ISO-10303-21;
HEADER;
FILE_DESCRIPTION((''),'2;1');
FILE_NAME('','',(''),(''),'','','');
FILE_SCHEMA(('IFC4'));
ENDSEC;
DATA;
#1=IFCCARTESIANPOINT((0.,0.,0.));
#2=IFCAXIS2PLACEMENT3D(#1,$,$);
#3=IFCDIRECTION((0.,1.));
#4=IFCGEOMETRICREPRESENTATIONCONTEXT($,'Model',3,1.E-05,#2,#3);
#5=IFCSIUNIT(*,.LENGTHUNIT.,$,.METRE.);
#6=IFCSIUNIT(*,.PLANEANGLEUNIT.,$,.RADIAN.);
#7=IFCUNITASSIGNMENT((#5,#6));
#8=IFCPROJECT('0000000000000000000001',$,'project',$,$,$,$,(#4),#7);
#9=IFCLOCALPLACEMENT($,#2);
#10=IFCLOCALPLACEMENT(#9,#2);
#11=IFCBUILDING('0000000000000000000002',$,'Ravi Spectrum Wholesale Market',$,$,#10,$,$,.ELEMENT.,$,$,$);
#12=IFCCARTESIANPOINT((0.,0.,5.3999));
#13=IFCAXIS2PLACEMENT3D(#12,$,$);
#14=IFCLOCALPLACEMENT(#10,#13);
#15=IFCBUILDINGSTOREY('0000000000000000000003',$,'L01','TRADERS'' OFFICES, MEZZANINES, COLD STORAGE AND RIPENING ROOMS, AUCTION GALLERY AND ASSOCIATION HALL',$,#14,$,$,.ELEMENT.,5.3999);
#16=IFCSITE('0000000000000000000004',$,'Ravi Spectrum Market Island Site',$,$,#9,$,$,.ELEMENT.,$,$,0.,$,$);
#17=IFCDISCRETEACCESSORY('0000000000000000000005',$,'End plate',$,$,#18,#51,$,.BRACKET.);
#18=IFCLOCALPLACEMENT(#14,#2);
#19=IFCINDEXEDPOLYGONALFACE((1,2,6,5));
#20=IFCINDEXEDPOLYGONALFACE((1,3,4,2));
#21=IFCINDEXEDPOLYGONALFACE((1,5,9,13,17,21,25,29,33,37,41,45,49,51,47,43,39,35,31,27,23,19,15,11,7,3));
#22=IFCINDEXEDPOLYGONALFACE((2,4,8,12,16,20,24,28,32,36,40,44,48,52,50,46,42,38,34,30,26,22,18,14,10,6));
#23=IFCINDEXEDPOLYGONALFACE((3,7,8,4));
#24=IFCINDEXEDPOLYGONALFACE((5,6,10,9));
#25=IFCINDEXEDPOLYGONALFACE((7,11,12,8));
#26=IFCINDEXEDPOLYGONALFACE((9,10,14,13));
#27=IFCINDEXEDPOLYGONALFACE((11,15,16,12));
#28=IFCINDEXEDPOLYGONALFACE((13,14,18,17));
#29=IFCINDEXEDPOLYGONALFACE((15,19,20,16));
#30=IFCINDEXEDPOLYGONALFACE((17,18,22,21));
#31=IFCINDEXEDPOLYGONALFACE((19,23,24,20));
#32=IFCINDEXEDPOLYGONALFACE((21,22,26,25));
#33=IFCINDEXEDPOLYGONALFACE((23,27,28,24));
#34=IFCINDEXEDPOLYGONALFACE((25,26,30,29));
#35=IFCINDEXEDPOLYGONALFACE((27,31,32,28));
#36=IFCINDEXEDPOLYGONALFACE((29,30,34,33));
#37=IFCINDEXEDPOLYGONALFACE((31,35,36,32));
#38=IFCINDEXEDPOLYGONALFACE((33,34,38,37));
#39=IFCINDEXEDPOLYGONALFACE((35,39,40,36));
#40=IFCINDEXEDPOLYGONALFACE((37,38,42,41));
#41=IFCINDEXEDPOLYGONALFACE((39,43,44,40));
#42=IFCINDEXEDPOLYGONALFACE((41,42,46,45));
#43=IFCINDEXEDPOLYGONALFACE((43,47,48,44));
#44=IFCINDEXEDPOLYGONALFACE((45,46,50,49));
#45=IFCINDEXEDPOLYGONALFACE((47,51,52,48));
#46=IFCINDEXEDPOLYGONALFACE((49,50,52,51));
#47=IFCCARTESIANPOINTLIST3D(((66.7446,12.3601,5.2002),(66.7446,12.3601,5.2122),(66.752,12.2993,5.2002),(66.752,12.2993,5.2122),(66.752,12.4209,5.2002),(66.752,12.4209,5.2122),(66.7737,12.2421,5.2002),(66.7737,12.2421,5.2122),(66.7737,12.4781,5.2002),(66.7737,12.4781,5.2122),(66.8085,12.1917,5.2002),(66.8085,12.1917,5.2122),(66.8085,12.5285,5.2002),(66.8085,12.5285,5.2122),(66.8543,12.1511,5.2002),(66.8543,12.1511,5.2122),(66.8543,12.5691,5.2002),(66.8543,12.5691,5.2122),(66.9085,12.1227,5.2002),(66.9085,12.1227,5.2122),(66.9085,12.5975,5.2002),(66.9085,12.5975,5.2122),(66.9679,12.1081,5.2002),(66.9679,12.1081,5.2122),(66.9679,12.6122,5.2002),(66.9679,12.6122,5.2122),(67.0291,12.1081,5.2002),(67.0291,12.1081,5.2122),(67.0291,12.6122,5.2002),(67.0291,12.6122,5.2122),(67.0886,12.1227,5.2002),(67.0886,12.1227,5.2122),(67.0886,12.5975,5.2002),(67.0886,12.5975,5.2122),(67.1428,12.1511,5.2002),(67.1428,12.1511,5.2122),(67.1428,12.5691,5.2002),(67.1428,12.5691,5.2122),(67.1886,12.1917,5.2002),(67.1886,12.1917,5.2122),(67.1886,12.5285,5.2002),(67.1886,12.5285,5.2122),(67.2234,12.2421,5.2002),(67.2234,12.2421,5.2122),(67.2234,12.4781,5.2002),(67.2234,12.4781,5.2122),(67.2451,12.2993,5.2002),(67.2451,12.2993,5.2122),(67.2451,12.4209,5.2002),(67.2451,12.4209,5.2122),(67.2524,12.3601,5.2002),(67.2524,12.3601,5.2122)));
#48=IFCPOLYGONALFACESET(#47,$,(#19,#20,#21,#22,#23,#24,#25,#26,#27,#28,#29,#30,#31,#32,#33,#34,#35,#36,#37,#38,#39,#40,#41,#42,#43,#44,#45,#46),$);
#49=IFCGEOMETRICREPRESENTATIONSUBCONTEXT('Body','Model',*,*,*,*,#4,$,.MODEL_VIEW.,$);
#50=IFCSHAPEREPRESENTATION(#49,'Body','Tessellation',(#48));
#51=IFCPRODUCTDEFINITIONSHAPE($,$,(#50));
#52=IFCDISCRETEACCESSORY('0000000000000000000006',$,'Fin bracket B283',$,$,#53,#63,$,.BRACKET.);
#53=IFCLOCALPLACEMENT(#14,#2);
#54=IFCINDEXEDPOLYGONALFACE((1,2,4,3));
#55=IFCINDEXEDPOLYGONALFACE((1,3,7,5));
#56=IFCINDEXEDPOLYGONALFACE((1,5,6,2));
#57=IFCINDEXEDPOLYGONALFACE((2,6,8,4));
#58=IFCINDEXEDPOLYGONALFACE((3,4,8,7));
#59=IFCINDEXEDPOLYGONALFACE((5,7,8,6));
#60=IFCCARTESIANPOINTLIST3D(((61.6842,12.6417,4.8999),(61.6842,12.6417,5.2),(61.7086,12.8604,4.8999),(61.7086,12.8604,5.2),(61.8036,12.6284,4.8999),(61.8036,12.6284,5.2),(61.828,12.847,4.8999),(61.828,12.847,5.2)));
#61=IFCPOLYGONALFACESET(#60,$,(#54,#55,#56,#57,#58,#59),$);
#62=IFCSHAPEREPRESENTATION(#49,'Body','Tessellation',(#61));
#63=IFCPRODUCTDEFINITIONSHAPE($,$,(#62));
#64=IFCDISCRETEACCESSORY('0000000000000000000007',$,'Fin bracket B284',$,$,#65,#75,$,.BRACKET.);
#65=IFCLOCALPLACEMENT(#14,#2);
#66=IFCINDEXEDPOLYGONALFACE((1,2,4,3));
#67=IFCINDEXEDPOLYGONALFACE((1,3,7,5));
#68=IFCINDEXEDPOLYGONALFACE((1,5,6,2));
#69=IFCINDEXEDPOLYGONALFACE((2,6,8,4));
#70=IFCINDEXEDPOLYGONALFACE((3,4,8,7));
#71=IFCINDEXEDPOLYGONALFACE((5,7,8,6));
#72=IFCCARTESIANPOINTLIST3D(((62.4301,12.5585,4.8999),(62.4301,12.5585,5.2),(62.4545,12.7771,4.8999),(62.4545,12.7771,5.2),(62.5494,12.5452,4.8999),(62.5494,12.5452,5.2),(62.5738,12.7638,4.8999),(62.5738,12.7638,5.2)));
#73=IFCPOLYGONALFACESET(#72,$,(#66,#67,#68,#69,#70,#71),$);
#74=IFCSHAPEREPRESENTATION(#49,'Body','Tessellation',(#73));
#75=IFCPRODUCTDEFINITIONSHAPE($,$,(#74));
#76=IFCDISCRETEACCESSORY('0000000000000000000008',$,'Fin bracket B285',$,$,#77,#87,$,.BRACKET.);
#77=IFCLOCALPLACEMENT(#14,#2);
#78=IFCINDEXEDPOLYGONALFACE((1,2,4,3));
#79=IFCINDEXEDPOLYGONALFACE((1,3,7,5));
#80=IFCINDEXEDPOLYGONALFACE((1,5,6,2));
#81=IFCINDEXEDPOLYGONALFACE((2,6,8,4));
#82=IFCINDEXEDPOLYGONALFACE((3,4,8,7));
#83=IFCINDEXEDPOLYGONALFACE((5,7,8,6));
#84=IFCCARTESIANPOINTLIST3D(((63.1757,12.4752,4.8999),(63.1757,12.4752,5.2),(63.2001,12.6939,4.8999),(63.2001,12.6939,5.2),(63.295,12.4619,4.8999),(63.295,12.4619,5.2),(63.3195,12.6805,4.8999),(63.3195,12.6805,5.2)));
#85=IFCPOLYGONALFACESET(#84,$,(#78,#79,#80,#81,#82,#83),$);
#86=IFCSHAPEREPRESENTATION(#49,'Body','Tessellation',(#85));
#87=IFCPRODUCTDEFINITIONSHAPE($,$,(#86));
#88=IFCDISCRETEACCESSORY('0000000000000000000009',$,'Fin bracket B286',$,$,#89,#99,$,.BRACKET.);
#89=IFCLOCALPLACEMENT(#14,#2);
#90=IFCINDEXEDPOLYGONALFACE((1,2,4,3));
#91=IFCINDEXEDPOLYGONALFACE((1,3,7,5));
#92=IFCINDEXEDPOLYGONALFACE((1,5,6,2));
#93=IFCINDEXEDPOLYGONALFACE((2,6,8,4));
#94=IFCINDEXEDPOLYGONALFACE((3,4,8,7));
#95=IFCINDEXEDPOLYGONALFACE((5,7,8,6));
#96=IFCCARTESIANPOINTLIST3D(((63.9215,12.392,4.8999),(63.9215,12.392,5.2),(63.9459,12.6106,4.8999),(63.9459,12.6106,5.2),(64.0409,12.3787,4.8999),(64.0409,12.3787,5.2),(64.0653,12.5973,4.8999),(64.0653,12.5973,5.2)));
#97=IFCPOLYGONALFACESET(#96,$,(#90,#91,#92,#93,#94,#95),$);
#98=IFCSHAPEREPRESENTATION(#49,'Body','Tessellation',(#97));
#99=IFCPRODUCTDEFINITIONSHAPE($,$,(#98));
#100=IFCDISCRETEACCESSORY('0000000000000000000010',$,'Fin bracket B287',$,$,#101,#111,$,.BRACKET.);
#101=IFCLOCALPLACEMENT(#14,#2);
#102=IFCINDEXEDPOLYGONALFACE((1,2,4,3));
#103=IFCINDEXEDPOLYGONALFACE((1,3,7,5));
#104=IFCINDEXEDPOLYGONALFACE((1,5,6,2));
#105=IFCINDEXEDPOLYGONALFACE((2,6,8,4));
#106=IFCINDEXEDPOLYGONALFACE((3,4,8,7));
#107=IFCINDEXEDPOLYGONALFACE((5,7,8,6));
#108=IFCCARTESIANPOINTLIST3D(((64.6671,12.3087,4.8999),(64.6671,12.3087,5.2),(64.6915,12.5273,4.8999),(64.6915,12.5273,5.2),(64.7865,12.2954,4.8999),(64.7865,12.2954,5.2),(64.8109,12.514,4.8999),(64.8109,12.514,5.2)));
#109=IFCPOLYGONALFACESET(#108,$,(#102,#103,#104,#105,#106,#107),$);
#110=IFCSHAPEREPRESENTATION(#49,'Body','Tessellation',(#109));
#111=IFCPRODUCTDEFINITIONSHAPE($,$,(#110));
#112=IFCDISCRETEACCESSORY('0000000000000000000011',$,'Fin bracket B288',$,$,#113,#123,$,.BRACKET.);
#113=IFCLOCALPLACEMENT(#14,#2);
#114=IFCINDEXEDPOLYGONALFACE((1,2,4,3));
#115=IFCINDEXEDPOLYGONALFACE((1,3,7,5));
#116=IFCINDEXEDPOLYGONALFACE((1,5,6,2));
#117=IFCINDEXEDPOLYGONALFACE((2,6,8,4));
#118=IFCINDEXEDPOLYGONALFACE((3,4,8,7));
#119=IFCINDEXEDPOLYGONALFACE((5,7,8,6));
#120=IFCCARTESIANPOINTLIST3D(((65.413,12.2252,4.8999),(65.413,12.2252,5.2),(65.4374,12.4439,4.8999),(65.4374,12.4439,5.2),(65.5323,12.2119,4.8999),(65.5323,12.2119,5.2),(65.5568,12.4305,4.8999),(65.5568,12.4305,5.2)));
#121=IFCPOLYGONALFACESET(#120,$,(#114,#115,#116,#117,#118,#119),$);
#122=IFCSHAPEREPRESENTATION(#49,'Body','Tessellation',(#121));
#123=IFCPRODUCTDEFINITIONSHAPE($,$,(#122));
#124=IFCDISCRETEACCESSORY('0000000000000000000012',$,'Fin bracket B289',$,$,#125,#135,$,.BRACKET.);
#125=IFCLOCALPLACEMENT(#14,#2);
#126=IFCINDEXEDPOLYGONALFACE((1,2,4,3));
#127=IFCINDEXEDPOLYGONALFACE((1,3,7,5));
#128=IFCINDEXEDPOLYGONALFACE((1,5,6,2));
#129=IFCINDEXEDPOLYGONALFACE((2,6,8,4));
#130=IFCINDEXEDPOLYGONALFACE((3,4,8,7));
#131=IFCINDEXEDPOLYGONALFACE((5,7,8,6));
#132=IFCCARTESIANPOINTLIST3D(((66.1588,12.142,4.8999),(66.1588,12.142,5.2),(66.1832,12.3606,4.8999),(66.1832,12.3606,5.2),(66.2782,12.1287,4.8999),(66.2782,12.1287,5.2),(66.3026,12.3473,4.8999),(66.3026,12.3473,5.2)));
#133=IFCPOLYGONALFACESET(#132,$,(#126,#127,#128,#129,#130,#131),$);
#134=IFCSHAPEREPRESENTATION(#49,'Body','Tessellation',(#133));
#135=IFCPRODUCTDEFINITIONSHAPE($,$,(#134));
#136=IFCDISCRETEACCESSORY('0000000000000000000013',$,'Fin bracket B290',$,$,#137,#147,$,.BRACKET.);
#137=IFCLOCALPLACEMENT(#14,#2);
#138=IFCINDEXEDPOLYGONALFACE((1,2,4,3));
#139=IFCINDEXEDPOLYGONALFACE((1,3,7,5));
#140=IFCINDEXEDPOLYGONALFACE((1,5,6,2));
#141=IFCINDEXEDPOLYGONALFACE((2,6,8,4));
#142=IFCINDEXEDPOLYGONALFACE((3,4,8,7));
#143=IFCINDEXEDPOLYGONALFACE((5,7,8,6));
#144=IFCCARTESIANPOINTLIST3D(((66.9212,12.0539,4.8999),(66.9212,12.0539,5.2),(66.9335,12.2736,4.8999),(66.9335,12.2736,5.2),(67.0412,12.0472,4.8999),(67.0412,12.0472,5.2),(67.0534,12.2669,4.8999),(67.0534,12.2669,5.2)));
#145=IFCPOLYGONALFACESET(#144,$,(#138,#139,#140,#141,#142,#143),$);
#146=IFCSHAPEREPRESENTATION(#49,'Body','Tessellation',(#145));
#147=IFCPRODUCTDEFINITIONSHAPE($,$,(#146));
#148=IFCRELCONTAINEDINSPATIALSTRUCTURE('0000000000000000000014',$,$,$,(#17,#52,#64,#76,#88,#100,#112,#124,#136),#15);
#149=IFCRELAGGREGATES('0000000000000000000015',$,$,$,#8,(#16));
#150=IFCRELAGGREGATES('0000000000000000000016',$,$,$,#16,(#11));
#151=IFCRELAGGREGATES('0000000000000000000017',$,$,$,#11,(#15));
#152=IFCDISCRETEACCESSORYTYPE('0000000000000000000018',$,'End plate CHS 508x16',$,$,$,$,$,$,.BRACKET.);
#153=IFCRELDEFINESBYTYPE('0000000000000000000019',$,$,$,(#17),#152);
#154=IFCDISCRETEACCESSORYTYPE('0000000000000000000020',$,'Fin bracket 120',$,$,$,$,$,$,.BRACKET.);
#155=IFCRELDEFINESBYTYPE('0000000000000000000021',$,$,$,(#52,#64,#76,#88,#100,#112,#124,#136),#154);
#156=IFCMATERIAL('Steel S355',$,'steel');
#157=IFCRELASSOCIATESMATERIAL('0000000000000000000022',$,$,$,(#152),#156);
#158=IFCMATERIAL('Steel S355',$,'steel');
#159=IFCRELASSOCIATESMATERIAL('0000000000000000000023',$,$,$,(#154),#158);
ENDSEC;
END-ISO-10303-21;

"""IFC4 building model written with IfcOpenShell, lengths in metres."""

from ifc_helpers import new_model, si_unit, direction, frame, origin, origin_2d, place, context, subcontext, project, spatial, rectangle, circle, extrude, material, material_profile, profile_set, type_object, element, save


model = new_model("IFC4")

# Units and contexts
model_context = context("Model", 3, precision=1e-05, world=origin(), true_north=direction((0.0, 1.0)))
body_context = subcontext(model_context, "Body", "Model", "MODEL_VIEW")
ifc_project = project(units=[si_unit("LENGTHUNIT", "METRE"), si_unit("PLANEANGLEUNIT", "RADIAN")], contexts=[model_context])

# Site, building, storey
site_placement = place(None, origin())
site = spatial("IfcSite", under=ifc_project, at=site_placement, Name="Ravi Spectrum Market Island Site", CompositionType="ELEMENT", RefElevation=0.0)
building_placement = place(site_placement, origin())
building = spatial("IfcBuilding", under=site, at=building_placement, Name="Ravi Spectrum Wholesale Market", CompositionType="ELEMENT")
storey_placement = place(building_placement, frame((0.0, 0.0, 5.3999)))
storey = spatial("IfcBuildingStorey", under=building, at=storey_placement, Name="L01", Description="TRADERS' OFFICES, MEZZANINES, COLD STORAGE AND RIPENING ROOMS, AUCTION GALLERY AND ASSOCIATION HALL", CompositionType="ELEMENT", Elevation=5.3999)

# Discrete accessories
ifc_material_1 = material(Name="Steel S355", Category="steel")
ifc_material_profile_1 = material_profile(ifc_material_1, circle(Radius=0.2539, at=origin_2d()))
ifc_profile_set_1 = profile_set([ifc_material_profile_1], Name="Steel S355")
discrete_accessory_type_1 = type_object("IfcDiscreteAccessoryType", Name="End plate CHS 508x16", PredefinedType="BRACKET", material=ifc_profile_set_1)
discrete_accessory_placement = place(storey_placement, frame((66.9985, 12.3601, 5.2002), z_axis=(0.0, 0.0, 1.0), x_axis=(1.0, 0.0, 0.0)))
element("IfcDiscreteAccessory", 1, at=discrete_accessory_placement, inside=storey, type_object=discrete_accessory_type_1, Name="End plate", PredefinedType="BRACKET", context=body_context, shape_type="SweptSolid", body=[
    extrude(circle(Radius=0.2539, at=origin_2d()), origin(), (0.0, 0.0, 1.0), 0.012),
])
ifc_material_2 = material(Name="Steel S355", Category="steel")
discrete_accessory_type_2 = type_object("IfcDiscreteAccessoryType", Name="Fin bracket 120", PredefinedType="BRACKET", material=ifc_material_2)
for number, where, z_axis, x_axis, name in (
    (2, (61.7561, 12.7444, 4.8999), (0.0, 0.0, 1.0), (0.993821, -0.110994, 0.0), "Fin bracket B283"),
    (3, (62.502, 12.6611, 4.8999), (0.0, 0.0, 1.0), (0.993821, -0.110994, 0.0), "Fin bracket B284"),
    (4, (63.2476, 12.5779, 4.8999), (0.0, 0.0, 1.0), (0.993821, -0.110994, 0.0), "Fin bracket B285"),
    (5, (63.9934, 12.4946, 4.8999), (0.0, 0.0, 1.0), (0.993821, -0.110994, 0.0), "Fin bracket B286"),
    (6, (64.739, 12.4114, 4.8999), (0.0, 0.0, 1.0), (0.993821, -0.110994, 0.0), "Fin bracket B287"),
    (7, (65.4849, 12.3279, 4.8999), (0.0, 0.0, 1.0), (0.993821, -0.110994, 0.0), "Fin bracket B288"),
    (8, (66.2307, 12.2446, 4.8999), (0.0, 0.0, 1.0), (0.993821, -0.110994, 0.0), "Fin bracket B289"),
    (9, (66.9873, 12.1604, 4.8999), (0.0, 0.0, 1.0), (0.998454, -0.055583, 0.0), "Fin bracket B290"),
):
    element("IfcDiscreteAccessory", number, at=place(storey_placement, frame(where, z_axis=z_axis, x_axis=x_axis)), inside=storey, type_object=discrete_accessory_type_2, Name=name, PredefinedType="BRACKET", context=body_context, shape_type="SweptSolid", body=[
        extrude(rectangle(XDim=0.1201, YDim=0.22, at=origin_2d()), origin(), (0.0, 0.0, 1.0), 0.3),
    ])

save(model, "model.ifc")
